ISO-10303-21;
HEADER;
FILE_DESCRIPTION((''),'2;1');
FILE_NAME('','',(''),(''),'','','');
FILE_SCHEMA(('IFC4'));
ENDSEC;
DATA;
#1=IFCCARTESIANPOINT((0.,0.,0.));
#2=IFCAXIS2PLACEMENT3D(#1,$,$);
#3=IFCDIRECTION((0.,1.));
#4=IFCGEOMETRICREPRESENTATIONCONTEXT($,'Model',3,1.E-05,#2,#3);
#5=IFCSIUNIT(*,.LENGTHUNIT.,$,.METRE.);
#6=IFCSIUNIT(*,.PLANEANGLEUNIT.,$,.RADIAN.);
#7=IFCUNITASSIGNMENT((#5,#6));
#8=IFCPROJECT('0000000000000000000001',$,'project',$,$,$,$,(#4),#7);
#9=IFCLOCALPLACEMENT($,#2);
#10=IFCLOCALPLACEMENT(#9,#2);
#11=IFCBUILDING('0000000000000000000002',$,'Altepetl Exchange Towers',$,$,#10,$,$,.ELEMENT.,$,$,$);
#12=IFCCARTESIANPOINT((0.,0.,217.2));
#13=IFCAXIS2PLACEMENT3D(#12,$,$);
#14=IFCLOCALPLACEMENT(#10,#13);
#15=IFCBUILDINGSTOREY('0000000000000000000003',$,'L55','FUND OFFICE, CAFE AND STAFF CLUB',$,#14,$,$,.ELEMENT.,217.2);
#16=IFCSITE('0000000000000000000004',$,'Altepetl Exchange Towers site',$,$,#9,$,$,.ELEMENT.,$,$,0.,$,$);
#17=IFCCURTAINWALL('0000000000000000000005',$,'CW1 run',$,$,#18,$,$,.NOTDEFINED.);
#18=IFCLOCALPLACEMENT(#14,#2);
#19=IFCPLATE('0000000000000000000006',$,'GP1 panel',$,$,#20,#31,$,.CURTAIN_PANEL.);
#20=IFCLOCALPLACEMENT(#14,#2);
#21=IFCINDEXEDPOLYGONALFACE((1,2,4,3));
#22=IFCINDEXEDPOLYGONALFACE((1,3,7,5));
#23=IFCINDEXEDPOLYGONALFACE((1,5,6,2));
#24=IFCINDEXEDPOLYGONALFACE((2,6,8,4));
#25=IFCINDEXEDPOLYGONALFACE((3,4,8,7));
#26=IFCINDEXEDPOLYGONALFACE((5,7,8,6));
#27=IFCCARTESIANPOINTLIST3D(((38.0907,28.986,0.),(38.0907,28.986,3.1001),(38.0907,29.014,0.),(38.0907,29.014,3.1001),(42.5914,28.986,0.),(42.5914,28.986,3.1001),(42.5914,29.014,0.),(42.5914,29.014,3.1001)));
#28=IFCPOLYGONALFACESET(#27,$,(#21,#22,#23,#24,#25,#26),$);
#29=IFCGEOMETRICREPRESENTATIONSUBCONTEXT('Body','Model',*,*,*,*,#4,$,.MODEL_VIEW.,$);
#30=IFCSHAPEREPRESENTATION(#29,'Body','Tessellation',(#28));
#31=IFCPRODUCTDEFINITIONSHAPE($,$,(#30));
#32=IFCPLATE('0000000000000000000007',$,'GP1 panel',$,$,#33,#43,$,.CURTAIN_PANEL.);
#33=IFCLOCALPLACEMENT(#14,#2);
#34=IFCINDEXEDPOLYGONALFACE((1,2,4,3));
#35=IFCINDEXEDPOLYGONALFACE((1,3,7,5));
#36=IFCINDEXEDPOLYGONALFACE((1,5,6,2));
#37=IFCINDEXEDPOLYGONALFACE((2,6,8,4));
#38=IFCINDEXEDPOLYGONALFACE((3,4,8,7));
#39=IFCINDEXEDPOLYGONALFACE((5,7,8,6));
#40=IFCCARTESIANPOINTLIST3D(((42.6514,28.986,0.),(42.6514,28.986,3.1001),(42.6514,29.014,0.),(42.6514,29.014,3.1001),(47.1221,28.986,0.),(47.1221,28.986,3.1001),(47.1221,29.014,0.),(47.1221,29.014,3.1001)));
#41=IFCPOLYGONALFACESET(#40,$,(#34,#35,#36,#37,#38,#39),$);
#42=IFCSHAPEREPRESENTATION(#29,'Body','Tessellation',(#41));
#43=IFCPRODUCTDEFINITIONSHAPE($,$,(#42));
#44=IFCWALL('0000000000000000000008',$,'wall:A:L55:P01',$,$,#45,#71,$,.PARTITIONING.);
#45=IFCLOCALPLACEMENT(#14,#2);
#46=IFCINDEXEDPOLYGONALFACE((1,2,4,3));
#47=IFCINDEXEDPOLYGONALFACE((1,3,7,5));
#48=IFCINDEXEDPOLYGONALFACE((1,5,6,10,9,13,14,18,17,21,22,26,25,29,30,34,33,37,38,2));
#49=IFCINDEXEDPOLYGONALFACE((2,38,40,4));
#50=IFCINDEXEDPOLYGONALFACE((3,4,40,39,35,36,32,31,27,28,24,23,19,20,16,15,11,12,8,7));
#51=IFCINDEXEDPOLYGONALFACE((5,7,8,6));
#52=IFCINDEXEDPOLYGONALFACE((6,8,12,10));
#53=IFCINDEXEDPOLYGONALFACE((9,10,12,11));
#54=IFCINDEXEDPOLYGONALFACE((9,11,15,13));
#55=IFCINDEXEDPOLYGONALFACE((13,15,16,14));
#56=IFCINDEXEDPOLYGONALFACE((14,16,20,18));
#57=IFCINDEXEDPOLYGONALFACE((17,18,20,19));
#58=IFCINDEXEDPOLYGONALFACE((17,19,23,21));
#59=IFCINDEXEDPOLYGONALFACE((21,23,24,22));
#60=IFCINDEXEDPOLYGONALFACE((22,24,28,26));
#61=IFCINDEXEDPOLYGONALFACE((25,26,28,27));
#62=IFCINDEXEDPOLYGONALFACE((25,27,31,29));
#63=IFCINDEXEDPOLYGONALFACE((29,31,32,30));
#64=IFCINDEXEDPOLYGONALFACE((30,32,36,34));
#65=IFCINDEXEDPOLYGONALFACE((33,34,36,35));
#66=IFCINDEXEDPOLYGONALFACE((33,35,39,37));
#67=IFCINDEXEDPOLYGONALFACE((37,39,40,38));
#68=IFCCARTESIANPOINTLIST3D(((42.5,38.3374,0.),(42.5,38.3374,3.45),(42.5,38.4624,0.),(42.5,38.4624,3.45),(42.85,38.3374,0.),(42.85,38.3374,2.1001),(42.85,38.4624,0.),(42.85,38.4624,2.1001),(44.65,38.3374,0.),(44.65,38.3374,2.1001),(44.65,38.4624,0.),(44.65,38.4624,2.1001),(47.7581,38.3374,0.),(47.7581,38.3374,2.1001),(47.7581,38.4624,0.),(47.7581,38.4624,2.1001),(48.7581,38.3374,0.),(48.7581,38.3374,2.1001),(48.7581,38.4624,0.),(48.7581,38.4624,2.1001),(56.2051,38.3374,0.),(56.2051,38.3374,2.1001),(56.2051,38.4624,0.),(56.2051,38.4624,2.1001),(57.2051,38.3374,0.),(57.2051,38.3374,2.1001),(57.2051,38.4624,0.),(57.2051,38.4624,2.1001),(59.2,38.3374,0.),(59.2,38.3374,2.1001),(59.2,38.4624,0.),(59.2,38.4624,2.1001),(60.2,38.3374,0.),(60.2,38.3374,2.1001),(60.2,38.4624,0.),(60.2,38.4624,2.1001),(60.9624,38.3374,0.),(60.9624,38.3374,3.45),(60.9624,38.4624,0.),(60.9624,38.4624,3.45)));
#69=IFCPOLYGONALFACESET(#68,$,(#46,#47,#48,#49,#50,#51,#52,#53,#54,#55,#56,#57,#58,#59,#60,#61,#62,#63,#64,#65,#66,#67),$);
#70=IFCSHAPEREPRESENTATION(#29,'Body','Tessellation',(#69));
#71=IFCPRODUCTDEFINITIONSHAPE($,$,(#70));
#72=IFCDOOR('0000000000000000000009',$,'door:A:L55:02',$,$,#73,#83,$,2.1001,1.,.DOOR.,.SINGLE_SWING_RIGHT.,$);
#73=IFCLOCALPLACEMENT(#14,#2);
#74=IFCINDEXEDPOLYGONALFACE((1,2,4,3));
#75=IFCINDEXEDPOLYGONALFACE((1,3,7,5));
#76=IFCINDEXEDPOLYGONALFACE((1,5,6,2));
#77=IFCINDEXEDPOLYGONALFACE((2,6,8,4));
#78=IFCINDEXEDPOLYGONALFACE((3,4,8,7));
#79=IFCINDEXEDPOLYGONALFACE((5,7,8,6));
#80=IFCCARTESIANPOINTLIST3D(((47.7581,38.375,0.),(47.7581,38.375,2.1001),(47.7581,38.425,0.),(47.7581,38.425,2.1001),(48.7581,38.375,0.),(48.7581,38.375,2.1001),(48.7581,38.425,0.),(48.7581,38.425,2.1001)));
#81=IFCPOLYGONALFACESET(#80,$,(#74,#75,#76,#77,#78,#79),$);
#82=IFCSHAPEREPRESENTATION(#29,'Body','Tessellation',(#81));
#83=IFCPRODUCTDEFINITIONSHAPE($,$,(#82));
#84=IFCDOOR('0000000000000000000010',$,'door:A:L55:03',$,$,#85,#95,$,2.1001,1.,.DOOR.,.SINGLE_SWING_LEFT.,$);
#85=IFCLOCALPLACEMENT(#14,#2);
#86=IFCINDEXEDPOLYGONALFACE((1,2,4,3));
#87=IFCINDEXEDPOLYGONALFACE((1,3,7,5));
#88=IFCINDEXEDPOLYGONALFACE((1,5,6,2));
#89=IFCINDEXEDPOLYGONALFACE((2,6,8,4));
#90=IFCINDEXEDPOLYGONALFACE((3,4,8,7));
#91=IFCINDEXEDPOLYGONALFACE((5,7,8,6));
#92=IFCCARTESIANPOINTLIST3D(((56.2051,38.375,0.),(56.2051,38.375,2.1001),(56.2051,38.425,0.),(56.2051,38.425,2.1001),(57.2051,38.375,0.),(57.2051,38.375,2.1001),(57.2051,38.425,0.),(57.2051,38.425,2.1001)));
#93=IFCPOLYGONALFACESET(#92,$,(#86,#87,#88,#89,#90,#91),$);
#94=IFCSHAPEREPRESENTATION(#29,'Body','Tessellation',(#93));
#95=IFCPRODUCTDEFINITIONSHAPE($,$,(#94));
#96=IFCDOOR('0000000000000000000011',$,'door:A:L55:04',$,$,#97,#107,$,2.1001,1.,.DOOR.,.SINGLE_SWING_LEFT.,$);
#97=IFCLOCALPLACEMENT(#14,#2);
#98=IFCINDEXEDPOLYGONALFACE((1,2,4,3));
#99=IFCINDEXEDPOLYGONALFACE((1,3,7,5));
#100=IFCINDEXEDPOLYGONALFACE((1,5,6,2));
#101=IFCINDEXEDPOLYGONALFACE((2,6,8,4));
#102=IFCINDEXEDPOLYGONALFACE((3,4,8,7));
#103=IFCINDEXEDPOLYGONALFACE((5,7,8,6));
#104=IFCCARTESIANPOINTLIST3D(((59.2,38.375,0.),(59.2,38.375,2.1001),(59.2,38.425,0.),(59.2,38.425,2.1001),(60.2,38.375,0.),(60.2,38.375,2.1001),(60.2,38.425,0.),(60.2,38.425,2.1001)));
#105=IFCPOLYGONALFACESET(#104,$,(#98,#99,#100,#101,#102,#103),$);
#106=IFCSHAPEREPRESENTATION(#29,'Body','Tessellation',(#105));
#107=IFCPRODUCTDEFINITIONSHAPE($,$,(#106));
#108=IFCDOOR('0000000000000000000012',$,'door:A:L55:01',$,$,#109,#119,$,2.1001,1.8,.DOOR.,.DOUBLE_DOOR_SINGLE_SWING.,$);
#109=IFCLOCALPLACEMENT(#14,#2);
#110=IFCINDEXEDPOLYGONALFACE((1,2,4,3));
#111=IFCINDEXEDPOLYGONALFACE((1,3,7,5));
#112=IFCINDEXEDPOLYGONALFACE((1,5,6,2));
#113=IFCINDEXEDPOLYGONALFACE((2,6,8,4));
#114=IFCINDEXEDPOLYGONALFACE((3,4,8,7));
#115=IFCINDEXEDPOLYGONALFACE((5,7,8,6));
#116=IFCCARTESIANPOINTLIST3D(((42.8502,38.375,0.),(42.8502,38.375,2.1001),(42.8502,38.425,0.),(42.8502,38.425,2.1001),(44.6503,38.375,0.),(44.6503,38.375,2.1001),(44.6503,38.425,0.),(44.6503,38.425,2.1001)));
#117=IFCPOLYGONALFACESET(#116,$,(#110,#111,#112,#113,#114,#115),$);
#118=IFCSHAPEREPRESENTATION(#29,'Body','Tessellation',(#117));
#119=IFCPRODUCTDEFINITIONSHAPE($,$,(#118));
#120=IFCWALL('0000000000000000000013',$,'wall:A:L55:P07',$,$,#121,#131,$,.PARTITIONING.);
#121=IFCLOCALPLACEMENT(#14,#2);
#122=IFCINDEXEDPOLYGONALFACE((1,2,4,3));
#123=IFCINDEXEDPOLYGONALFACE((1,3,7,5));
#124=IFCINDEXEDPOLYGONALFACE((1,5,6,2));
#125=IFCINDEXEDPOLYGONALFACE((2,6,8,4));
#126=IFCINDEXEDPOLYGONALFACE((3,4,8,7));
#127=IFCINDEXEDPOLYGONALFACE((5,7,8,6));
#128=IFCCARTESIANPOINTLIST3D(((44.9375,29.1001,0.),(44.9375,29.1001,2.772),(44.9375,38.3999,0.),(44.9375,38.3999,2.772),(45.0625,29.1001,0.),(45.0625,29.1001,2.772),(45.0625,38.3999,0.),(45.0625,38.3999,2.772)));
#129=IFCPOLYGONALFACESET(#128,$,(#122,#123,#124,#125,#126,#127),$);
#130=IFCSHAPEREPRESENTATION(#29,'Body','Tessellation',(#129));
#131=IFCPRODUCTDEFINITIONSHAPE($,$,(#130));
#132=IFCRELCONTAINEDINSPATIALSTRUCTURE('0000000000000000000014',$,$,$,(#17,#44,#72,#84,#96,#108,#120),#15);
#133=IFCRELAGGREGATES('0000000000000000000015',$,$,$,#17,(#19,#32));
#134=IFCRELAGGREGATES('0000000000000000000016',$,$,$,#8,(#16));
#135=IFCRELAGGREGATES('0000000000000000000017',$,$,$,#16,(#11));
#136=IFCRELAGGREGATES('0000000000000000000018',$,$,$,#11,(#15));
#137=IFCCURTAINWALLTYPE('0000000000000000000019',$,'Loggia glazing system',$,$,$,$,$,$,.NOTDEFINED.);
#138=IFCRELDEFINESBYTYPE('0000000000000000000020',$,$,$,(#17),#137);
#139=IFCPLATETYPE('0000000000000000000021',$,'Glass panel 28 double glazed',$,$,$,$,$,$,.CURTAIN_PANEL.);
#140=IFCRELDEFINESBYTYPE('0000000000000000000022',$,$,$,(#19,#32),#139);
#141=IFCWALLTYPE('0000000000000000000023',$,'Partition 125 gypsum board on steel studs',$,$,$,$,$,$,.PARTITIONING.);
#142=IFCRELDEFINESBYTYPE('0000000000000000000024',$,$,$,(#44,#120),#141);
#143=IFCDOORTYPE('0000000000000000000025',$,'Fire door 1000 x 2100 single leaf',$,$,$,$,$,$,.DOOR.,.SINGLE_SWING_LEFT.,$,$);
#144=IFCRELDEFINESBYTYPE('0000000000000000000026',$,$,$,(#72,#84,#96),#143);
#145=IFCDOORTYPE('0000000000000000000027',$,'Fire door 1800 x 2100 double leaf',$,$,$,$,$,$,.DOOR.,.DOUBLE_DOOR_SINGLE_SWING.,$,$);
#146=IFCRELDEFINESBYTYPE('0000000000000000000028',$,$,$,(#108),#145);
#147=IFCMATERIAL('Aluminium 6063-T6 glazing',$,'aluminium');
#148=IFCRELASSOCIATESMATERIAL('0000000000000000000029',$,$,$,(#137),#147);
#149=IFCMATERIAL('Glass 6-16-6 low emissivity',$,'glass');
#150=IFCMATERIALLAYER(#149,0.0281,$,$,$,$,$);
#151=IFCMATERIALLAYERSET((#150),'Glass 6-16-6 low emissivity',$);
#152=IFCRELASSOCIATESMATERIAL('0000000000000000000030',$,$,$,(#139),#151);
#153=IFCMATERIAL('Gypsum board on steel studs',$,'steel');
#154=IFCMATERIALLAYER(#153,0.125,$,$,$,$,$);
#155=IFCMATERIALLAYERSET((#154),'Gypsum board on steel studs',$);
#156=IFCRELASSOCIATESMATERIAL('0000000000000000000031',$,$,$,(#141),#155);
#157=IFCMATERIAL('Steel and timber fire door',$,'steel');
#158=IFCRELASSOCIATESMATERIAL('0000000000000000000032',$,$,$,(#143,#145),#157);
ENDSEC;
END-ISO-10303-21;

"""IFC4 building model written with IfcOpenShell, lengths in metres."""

from ifc_helpers import new_model, si_unit, direction, frame, frame_2d, origin, origin_2d, place, context, subcontext, project, spatial, rectangle, extrude, material, layer, layer_set, type_object, element, fill, aggregate, save


model = new_model("IFC4")

# Units and contexts
model_context = context("Model", 3, precision=1e-05, world=origin(), true_north=direction((0.0, 1.0)))
body_context = subcontext(model_context, "Body", "Model", "MODEL_VIEW")
ifc_project = project(units=[si_unit("LENGTHUNIT", "METRE"), si_unit("PLANEANGLEUNIT", "RADIAN")], contexts=[model_context])

# Site, building, storey
site_placement = place(None, origin())
site = spatial("IfcSite", under=ifc_project, at=site_placement, Name="Altepetl Exchange Towers site", CompositionType="ELEMENT", RefElevation=0.0)
building_placement = place(site_placement, origin())
building = spatial("IfcBuilding", under=site, at=building_placement, Name="Altepetl Exchange Towers", CompositionType="ELEMENT")
storey_placement = place(building_placement, frame((0.0, 0.0, 217.2)))
storey = spatial("IfcBuildingStorey", under=building, at=storey_placement, Name="L55", Description="FUND OFFICE, CAFE AND STAFF CLUB", CompositionType="ELEMENT", Elevation=217.2)

# Curtain wall
ifc_material_1 = material(Name="Aluminium 6063-T6 glazing", Category="aluminium")
curtain_wall_type = type_object("IfcCurtainWallType", Name="Loggia glazing system", PredefinedType="NOTDEFINED", material=ifc_material_1)
curtain_wall_1_placement = place(storey_placement, origin())
curtain_wall_1 = element("IfcCurtainWall", 1, at=curtain_wall_1_placement, inside=storey, type_object=curtain_wall_type, Name="CW1 run", PredefinedType="NOTDEFINED")

# Plates
ifc_material_2 = material(Name="Glass 6-16-6 low emissivity", Category="glass")
ifc_layer_1 = layer(ifc_material_2, 0.0281)
ifc_layer_set_1 = layer_set([ifc_layer_1], Name="Glass 6-16-6 low emissivity")
plate_type = type_object("IfcPlateType", Name="Glass panel 28 double glazed", PredefinedType="CURTAIN_PANEL", material=ifc_layer_set_1)
plate_1_placement = place(storey_placement, frame((40.3411, 29.0, 0.0)))
plate_1 = element("IfcPlate", 2, at=plate_1_placement, type_object=plate_type, Name="GP1 panel", PredefinedType="CURTAIN_PANEL", context=body_context, shape_type="SweptSolid", body=[
    extrude(rectangle(XDim=4.5007, YDim=0.0281, at=origin_2d()), origin(), (0.0, 0.0, 1.0), 3.1001),
])
plate_2_placement = place(storey_placement, frame((44.8867, 29.0, 0.0)))
plate_2 = element("IfcPlate", 3, at=plate_2_placement, type_object=plate_type, Name="GP1 panel", PredefinedType="CURTAIN_PANEL", context=body_context, shape_type="SweptSolid", body=[
    extrude(rectangle(XDim=4.4707, YDim=0.0281, at=origin_2d()), origin(), (0.0, 0.0, 1.0), 3.1001),
])
aggregate(curtain_wall_1, [plate_1, plate_2])

# Wall, openings, doors
ifc_material_3 = material(Name="Gypsum board on steel studs", Category="steel")
ifc_layer_2 = layer(ifc_material_3, 0.125)
ifc_layer_set_2 = layer_set([ifc_layer_2], Name="Gypsum board on steel studs")
wall_type_1 = type_object("IfcWallType", Name="Partition 125 gypsum board on steel studs", PredefinedType="PARTITIONING", material=ifc_layer_set_2)
wall_1_placement = place(storey_placement, frame((42.5, 38.3999, 0.0)))
wall_1 = element("IfcWall", 4, at=wall_1_placement, inside=storey, type_object=wall_type_1, Name="wall:A:L55:P01", PredefinedType="PARTITIONING", context=body_context, shape_type="SweptSolid", body=[
    extrude(rectangle(XDim=18.4624, YDim=0.125, at=frame_2d((9.2312, 0.0))), origin(), (0.0, 0.0, 1.0), 3.45),
])
opening_1_placement = place(wall_1_placement, frame((0.3501, 0.0, 0.0)))
opening_1 = element("IfcOpeningElement", 5, at=opening_1_placement, cuts=wall_1, PredefinedType="OPENING", context=body_context, shape_type="SweptSolid", body=[
    extrude(rectangle(XDim=1.8, YDim=2.1001, at=frame_2d((0.8999, 1.05))), frame((0.0, 0.0725, 0.0), z_axis=(0.0, -1.0, 0.0), x_axis=(1.0, 0.0, 0.0)), (0.0, 0.0, 1.0), 0.145),
])
opening_2_placement = place(wall_1_placement, frame((5.2581, 0.0, 0.0)))
opening_2 = element("IfcOpeningElement", 6, at=opening_2_placement, cuts=wall_1, PredefinedType="OPENING", context=body_context, shape_type="SweptSolid", body=[
    extrude(rectangle(XDim=1.0, YDim=2.1001, at=frame_2d((0.5, 1.05))), frame((0.0, 0.0725, 0.0), z_axis=(0.0, -1.0, 0.0), x_axis=(1.0, 0.0, 0.0)), (0.0, 0.0, 1.0), 0.145),
])
opening_3_placement = place(wall_1_placement, frame((13.7051, 0.0, 0.0)))
opening_3 = element("IfcOpeningElement", 7, at=opening_3_placement, cuts=wall_1, PredefinedType="OPENING", context=body_context, shape_type="SweptSolid", body=[
    extrude(rectangle(XDim=1.0, YDim=2.1001, at=frame_2d((0.5, 1.05))), frame((0.0, 0.0725, 0.0), z_axis=(0.0, -1.0, 0.0), x_axis=(1.0, 0.0, 0.0)), (0.0, 0.0, 1.0), 0.145),
])
opening_4_placement = place(wall_1_placement, frame((16.7, 0.0, 0.0)))
opening_4 = element("IfcOpeningElement", 8, at=opening_4_placement, cuts=wall_1, PredefinedType="OPENING", context=body_context, shape_type="SweptSolid", body=[
    extrude(rectangle(XDim=1.0, YDim=2.1001, at=frame_2d((0.5, 1.05))), frame((0.0, 0.0725, 0.0), z_axis=(0.0, -1.0, 0.0), x_axis=(1.0, 0.0, 0.0)), (0.0, 0.0, 1.0), 0.145),
])
ifc_material_4 = material(Name="Steel and timber fire door", Category="steel")
door_type_1 = type_object("IfcDoorType", Name="Fire door 1000 x 2100 single leaf", OperationType="SINGLE_SWING_LEFT", PredefinedType="DOOR", material=ifc_material_4)
door_1_placement = place(opening_2_placement, frame((1.0, 0.0, 0.0), x_axis=(-1.0, 0.0, 0.0)))
door_1 = element("IfcDoor", 9, at=door_1_placement, inside=storey, type_object=door_type_1, Name="door:A:L55:02", OperationType="SINGLE_SWING_RIGHT", OverallHeight=2.1001, OverallWidth=1.0, PredefinedType="DOOR", context=body_context, shape_type="SweptSolid", body=[
    extrude(rectangle(XDim=1.0, YDim=2.1001, at=frame_2d((0.5, 1.05))), frame((0.0, 0.0249, 0.0), z_axis=(0.0, -1.0, 0.0), x_axis=(1.0, 0.0, 0.0)), (0.0, 0.0, 1.0), 0.05),
])
fill(opening_2, door_1)
door_2_placement = place(opening_3_placement, frame((1.0, 0.0, 0.0), x_axis=(-1.0, 0.0, 0.0)))
door_2 = element("IfcDoor", 10, at=door_2_placement, inside=storey, type_object=door_type_1, Name="door:A:L55:03", OperationType="SINGLE_SWING_LEFT", OverallHeight=2.1001, OverallWidth=1.0, PredefinedType="DOOR", context=body_context, shape_type="SweptSolid", body=[
    extrude(rectangle(XDim=1.0, YDim=2.1001, at=frame_2d((0.5, 1.05))), frame((0.0, 0.0249, 0.0), z_axis=(0.0, -1.0, 0.0), x_axis=(1.0, 0.0, 0.0)), (0.0, 0.0, 1.0), 0.05),
])
fill(opening_3, door_2)
door_3_placement = place(opening_4_placement, frame((1.0, 0.0, 0.0), x_axis=(-1.0, 0.0, 0.0)))
door_3 = element("IfcDoor", 11, at=door_3_placement, inside=storey, type_object=door_type_1, Name="door:A:L55:04", OperationType="SINGLE_SWING_LEFT", OverallHeight=2.1001, OverallWidth=1.0, PredefinedType="DOOR", context=body_context, shape_type="SweptSolid", body=[
    extrude(rectangle(XDim=1.0, YDim=2.1001, at=frame_2d((0.5, 1.05))), frame((0.0, 0.0249, 0.0), z_axis=(0.0, -1.0, 0.0), x_axis=(1.0, 0.0, 0.0)), (0.0, 0.0, 1.0), 0.05),
])
fill(opening_4, door_3)
door_type_2 = type_object("IfcDoorType", Name="Fire door 1800 x 2100 double leaf", OperationType="DOUBLE_DOOR_SINGLE_SWING", PredefinedType="DOOR", material=ifc_material_4)
door_4_placement = place(opening_1_placement, frame((1.8, 0.0, 0.0), x_axis=(-1.0, 0.0, 0.0)))
door_4 = element("IfcDoor", 12, at=door_4_placement, inside=storey, type_object=door_type_2, Name="door:A:L55:01", OperationType="DOUBLE_DOOR_SINGLE_SWING", OverallHeight=2.1001, OverallWidth=1.8, PredefinedType="DOOR", context=body_context, shape_type="SweptSolid", body=[
    extrude(rectangle(XDim=1.8, YDim=2.1001, at=frame_2d((0.8999, 1.05))), frame((0.0, 0.0249, 0.0), z_axis=(0.0, -1.0, 0.0), x_axis=(1.0, 0.0, 0.0)), (0.0, 0.0, 1.0), 0.05),
])
fill(opening_1, door_4)

# Wall
wall_2_placement = place(storey_placement, frame((45.0, 29.1001, 0.0), z_axis=(0.0, 0.0, 1.0), x_axis=(0.0, 1.0, 0.0)))
element("IfcWall", 13, at=wall_2_placement, inside=storey, type_object=wall_type_1, Name="wall:A:L55:P07", PredefinedType="PARTITIONING", context=body_context, shape_type="SweptSolid", body=[
    extrude(rectangle(XDim=9.2998, YDim=0.125, at=frame_2d((4.6499, 0.0))), origin(), (0.0, 0.0, 1.0), 2.772),
])

save(model, "model.ifc")
